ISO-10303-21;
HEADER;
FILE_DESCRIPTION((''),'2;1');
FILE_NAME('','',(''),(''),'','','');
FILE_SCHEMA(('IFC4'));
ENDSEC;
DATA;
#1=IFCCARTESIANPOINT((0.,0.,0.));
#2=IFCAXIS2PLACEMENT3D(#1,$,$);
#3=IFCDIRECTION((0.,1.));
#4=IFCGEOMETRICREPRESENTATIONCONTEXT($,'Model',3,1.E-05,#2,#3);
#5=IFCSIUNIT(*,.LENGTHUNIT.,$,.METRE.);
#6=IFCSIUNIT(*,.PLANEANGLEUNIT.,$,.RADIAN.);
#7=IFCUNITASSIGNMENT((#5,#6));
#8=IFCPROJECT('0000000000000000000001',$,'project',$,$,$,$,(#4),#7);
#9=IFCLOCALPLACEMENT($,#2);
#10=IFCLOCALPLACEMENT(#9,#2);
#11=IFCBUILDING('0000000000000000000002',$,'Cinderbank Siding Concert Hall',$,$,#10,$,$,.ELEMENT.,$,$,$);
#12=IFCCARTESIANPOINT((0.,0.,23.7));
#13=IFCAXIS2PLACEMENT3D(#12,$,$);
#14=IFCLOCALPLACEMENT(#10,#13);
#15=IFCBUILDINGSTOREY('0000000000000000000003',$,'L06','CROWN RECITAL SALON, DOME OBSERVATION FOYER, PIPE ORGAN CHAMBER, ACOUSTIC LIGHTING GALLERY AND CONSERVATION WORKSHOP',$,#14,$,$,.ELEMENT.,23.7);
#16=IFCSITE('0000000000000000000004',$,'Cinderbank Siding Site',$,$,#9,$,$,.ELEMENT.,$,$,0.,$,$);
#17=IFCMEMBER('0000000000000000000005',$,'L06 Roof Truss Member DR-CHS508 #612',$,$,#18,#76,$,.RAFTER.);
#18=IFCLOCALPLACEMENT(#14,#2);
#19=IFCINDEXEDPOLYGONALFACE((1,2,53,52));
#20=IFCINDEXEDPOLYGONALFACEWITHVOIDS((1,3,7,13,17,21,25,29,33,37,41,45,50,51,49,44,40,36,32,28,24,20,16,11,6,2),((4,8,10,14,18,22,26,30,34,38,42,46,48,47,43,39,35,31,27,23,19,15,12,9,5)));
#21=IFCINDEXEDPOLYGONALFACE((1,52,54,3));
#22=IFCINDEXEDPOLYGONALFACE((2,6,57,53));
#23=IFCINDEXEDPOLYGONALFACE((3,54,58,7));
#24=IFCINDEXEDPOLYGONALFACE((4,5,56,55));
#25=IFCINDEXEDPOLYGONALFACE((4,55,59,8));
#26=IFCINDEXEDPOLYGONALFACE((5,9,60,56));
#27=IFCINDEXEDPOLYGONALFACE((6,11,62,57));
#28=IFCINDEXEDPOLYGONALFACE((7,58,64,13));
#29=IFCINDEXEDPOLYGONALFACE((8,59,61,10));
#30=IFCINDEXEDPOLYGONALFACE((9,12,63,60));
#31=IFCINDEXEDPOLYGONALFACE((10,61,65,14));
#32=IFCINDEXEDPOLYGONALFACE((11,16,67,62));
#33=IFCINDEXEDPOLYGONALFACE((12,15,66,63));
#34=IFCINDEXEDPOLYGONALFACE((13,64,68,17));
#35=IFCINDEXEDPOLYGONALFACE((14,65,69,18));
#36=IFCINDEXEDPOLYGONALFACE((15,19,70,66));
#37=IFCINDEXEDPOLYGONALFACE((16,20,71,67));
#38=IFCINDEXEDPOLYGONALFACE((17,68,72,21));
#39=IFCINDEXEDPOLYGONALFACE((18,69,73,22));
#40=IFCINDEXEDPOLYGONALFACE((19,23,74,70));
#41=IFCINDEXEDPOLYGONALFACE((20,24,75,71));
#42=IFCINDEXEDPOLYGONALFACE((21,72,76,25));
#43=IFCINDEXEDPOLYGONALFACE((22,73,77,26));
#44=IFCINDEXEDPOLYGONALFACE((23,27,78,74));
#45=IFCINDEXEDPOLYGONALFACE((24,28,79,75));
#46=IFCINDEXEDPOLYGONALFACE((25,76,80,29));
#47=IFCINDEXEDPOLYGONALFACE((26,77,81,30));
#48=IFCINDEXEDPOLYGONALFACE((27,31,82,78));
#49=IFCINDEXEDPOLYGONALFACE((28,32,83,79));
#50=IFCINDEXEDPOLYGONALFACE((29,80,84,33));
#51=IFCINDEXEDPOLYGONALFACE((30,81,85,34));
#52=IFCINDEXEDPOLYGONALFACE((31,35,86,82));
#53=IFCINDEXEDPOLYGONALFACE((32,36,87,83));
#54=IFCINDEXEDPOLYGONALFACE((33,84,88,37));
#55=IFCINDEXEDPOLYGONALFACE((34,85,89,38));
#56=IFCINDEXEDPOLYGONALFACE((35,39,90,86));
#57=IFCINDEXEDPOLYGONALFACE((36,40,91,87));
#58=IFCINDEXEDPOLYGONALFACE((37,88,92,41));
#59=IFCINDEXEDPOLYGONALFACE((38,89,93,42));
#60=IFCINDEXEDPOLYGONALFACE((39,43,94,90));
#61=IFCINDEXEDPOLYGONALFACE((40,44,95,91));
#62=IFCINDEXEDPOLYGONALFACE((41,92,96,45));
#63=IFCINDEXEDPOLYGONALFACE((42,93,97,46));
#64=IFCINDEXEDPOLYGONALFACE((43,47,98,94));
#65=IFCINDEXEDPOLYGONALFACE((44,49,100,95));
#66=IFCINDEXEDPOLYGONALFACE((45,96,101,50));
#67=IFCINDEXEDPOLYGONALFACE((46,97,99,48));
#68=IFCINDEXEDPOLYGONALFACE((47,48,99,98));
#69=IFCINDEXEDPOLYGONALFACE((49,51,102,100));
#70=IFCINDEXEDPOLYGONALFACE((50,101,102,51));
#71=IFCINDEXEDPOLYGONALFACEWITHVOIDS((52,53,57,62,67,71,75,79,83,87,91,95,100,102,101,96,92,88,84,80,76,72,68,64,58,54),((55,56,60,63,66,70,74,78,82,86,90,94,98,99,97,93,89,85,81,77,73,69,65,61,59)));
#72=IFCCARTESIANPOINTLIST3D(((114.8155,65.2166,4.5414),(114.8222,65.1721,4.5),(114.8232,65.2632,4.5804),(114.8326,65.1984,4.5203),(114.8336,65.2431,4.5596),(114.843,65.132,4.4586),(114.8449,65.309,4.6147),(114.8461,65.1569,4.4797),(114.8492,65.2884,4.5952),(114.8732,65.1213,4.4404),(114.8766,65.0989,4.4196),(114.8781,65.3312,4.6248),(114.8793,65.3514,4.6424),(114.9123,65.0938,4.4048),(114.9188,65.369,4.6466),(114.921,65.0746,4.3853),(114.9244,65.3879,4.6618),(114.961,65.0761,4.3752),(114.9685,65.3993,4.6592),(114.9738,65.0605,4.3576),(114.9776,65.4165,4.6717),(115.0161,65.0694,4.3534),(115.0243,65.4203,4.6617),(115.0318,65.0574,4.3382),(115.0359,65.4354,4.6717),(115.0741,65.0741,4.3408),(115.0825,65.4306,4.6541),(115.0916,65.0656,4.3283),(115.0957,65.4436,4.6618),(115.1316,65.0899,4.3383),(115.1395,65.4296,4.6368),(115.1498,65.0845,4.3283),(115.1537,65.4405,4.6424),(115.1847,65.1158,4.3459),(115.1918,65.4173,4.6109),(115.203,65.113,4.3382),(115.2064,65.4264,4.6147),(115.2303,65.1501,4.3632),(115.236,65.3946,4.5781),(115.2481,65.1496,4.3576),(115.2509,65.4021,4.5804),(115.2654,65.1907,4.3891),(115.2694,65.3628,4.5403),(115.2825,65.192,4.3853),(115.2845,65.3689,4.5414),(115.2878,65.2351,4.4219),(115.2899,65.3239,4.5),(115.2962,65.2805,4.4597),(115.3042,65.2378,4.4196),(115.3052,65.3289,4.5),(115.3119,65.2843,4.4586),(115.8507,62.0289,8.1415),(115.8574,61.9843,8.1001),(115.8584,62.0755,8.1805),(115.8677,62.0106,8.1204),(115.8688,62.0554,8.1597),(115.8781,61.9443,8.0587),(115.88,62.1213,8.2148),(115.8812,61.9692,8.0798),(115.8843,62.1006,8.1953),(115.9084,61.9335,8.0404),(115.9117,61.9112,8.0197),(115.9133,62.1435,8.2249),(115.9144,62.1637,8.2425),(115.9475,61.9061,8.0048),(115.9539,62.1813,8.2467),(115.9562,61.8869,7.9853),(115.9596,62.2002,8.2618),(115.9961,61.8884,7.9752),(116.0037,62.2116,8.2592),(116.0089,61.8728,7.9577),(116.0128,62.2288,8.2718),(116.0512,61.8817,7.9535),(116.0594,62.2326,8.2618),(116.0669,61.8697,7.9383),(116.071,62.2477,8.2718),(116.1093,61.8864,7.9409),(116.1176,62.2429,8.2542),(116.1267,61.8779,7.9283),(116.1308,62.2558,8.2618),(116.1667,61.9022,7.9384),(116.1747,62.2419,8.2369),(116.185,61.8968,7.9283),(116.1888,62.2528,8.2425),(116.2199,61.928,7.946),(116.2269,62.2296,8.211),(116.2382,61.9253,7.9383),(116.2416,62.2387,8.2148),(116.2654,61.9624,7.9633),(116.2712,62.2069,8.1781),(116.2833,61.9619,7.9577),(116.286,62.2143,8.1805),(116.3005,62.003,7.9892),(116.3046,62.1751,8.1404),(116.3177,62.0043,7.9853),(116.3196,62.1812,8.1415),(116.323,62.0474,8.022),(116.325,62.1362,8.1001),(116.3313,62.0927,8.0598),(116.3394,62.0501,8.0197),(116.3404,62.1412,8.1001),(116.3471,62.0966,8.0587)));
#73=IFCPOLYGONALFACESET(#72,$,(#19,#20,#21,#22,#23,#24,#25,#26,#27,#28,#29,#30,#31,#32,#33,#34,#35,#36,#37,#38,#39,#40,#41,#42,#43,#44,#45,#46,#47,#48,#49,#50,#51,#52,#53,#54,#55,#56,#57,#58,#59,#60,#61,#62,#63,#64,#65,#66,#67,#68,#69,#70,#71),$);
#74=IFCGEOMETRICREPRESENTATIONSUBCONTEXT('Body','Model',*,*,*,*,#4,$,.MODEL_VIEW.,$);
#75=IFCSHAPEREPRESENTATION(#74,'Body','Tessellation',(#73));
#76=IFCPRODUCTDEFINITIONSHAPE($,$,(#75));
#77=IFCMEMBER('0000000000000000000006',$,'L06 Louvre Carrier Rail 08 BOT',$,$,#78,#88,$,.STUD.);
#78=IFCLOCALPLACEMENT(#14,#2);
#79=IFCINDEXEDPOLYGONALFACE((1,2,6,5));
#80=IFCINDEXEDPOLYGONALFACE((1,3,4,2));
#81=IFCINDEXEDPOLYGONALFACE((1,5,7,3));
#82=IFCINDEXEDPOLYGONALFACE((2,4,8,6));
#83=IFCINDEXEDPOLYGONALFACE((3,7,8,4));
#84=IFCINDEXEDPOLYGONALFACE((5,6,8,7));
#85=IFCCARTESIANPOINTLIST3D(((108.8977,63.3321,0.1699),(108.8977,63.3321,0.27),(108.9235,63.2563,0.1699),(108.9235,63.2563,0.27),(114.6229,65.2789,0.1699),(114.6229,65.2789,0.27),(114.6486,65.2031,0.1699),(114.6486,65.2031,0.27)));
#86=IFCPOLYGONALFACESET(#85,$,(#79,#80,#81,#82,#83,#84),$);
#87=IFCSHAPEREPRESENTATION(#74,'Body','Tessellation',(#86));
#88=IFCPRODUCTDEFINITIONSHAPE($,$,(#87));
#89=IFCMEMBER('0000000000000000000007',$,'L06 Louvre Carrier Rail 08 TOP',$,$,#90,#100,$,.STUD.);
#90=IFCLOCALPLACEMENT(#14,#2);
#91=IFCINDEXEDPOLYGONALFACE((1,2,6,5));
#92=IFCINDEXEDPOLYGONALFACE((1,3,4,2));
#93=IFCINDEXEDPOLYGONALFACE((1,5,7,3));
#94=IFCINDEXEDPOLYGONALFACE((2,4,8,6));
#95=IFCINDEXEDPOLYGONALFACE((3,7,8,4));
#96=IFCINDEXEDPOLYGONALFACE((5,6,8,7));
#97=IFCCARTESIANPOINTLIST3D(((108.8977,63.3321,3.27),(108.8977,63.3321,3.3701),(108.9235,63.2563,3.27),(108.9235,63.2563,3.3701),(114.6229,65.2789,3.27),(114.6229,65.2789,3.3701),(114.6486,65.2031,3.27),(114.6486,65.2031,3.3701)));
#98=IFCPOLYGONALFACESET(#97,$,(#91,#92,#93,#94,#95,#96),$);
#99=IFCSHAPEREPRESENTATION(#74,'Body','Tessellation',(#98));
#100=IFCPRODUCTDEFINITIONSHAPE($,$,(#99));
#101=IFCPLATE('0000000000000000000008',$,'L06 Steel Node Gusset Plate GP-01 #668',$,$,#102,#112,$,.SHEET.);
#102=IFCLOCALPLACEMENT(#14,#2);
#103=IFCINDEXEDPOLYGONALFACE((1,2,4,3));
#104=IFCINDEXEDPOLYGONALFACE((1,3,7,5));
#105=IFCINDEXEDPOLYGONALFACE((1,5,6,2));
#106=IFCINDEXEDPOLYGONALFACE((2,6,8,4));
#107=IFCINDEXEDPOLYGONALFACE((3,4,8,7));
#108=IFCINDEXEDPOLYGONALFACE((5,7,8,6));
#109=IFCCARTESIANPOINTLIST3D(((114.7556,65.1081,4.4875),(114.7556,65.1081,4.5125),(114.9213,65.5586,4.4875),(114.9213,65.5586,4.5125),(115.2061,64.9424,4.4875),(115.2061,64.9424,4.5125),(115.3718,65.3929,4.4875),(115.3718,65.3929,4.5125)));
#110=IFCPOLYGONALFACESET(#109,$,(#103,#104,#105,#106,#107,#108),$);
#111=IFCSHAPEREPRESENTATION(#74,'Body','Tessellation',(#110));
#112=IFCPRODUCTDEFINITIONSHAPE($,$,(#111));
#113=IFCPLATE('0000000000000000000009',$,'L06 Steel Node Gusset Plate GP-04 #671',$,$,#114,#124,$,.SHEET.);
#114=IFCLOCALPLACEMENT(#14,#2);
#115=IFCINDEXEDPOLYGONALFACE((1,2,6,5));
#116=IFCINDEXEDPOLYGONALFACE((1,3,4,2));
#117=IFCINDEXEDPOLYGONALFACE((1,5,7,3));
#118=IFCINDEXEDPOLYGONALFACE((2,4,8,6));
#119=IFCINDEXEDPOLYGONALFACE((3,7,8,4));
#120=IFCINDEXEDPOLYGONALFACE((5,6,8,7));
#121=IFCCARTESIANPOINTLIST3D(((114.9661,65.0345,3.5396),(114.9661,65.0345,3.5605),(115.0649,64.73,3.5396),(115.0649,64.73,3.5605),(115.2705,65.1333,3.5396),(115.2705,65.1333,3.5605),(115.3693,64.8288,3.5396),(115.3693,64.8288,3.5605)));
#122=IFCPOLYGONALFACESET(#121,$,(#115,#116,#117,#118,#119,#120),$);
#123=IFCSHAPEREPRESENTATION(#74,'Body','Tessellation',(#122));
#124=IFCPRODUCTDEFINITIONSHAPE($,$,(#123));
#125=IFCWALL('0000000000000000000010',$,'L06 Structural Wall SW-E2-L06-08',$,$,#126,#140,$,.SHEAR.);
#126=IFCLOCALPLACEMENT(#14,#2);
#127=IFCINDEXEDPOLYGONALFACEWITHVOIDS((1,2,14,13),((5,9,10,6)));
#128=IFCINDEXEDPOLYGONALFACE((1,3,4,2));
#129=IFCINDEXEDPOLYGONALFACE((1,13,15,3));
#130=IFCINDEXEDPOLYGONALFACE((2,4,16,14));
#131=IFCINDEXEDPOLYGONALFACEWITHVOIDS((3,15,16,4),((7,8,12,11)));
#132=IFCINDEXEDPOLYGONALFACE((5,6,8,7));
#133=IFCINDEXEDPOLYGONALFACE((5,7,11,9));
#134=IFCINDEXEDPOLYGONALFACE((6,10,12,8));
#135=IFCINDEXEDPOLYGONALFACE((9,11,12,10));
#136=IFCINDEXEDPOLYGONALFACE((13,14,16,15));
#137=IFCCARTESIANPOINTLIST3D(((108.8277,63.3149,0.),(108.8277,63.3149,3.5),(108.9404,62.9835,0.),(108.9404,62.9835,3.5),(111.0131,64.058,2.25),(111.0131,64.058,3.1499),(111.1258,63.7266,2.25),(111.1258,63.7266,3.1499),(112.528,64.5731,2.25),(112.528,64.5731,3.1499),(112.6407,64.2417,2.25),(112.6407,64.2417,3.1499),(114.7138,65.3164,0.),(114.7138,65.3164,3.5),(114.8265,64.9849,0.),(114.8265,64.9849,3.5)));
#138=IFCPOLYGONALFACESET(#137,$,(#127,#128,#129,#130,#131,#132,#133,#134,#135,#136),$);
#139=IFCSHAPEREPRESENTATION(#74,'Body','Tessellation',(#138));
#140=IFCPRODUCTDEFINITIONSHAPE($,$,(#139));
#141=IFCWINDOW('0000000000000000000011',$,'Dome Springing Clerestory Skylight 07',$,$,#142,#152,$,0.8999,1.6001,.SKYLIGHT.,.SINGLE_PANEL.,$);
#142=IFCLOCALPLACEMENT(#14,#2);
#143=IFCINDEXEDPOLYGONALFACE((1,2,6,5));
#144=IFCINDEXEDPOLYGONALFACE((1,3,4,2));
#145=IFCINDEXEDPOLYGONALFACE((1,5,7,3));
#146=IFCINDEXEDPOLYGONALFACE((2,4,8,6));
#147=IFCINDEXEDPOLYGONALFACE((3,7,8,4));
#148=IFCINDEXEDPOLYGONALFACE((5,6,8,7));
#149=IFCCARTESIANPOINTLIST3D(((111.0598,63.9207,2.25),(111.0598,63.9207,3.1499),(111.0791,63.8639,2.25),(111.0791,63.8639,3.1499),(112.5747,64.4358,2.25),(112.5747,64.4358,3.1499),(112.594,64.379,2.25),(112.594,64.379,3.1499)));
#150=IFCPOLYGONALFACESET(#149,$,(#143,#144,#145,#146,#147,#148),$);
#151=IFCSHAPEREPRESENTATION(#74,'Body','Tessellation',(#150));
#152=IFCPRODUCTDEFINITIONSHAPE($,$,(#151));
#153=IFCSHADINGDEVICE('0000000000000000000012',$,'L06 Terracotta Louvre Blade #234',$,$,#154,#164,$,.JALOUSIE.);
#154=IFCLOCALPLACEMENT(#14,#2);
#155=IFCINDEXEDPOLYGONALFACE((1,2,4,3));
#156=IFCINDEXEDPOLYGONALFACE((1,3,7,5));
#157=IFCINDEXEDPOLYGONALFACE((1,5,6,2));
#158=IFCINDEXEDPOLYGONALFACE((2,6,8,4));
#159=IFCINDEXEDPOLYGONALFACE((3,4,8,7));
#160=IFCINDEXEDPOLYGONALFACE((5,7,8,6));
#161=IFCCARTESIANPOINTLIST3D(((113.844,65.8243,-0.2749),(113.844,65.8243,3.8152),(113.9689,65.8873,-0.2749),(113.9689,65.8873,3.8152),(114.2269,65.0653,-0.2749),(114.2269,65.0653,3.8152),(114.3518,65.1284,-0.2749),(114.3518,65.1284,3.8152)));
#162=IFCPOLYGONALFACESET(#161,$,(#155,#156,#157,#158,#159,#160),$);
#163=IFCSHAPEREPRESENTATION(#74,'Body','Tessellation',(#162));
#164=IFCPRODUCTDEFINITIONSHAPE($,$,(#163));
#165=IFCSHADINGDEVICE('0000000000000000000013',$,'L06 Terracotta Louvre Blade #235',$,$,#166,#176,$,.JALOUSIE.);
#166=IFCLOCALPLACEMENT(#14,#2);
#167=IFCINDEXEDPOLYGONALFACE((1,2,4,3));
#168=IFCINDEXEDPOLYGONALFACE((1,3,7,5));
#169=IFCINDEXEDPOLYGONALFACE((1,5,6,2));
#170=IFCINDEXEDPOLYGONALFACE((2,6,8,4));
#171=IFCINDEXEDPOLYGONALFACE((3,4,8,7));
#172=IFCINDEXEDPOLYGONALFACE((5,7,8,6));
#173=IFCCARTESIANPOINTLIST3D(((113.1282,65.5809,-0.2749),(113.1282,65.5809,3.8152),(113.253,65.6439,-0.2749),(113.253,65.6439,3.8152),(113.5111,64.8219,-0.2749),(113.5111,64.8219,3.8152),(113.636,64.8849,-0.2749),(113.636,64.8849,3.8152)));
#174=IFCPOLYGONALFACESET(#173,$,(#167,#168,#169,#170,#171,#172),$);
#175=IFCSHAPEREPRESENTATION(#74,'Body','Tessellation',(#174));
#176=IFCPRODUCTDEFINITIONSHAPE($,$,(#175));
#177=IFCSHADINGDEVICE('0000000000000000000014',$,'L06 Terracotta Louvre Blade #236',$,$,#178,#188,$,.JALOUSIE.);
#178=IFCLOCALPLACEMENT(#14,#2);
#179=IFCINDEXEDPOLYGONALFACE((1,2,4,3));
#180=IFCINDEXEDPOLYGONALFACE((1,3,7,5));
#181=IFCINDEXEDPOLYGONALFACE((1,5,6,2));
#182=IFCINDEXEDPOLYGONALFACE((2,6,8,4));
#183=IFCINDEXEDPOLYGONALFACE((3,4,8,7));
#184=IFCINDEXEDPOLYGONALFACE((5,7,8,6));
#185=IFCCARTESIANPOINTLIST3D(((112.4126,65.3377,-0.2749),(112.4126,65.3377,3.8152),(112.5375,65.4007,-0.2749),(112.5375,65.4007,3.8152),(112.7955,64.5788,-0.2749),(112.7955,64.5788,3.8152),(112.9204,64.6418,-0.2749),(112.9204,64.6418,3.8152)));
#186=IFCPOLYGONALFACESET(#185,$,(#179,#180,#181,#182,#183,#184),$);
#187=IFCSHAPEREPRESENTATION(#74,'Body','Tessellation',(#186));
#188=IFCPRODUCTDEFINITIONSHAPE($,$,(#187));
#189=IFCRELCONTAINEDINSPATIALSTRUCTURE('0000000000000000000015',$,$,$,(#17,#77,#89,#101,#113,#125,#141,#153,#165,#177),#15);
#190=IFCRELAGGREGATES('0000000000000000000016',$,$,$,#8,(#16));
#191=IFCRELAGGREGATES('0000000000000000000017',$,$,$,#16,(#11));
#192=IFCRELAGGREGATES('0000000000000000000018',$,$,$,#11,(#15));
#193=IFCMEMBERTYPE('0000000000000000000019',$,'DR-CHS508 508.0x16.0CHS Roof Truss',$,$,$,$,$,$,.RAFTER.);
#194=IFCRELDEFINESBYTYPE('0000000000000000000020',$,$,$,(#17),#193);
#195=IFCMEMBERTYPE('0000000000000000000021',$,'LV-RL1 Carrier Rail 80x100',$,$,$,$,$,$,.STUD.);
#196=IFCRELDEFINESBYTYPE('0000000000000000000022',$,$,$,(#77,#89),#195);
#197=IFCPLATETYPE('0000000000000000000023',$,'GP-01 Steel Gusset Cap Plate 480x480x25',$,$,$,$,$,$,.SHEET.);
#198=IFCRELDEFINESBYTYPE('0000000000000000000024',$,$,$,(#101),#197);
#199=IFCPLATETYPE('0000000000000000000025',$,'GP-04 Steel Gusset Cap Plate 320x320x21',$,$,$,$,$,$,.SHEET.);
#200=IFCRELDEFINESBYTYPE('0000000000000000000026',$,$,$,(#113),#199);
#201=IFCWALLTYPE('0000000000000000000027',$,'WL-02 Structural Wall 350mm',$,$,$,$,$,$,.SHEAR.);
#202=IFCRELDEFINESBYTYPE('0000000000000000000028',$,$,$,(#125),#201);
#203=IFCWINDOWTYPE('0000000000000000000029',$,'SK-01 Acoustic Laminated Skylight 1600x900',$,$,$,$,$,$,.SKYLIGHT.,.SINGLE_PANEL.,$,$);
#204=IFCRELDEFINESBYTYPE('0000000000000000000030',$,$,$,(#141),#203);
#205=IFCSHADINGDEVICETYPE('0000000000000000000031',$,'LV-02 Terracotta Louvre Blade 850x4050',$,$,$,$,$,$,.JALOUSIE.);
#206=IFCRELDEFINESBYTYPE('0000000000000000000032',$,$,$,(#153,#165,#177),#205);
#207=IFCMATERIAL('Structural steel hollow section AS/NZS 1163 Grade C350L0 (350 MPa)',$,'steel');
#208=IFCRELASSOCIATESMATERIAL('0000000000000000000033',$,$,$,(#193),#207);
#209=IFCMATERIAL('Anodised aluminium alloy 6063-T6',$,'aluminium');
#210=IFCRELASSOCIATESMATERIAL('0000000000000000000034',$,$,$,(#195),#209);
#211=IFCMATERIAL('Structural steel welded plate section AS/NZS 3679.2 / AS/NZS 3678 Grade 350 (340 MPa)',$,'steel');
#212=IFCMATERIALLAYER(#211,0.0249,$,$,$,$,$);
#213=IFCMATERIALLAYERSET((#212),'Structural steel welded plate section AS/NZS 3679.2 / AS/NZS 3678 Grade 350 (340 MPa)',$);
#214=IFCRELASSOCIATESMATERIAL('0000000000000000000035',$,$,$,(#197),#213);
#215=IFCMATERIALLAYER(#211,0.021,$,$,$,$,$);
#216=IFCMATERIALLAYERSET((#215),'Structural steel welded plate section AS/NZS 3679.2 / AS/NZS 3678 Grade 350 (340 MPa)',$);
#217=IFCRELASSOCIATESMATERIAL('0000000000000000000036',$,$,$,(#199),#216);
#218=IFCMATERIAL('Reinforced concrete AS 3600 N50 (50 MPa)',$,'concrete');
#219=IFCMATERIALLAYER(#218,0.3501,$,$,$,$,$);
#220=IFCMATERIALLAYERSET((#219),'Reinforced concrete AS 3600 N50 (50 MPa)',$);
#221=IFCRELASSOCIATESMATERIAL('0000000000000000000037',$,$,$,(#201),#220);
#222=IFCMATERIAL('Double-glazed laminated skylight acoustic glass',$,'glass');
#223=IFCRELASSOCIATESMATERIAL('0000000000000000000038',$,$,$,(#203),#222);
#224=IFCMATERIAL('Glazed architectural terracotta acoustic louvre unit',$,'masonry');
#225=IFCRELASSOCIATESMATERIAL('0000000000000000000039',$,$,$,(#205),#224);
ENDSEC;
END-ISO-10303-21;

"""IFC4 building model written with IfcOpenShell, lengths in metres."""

from ifc_helpers import new_model, si_unit, direction, frame, frame_2d, origin, origin_2d, place, context, subcontext, project, spatial, rectangle, hollow_circle, extrude, material, layer, layer_set, material_profile, profile_set, type_object, element, fill, save


model = new_model("IFC4")

# Units and contexts
model_context = context("Model", 3, precision=1e-05, world=origin(), true_north=direction((0.0, 1.0)))
body_context = subcontext(model_context, "Body", "Model", "MODEL_VIEW")
ifc_project = project(units=[si_unit("LENGTHUNIT", "METRE"), si_unit("PLANEANGLEUNIT", "RADIAN")], contexts=[model_context])

# Site, building, storey
site_placement = place(None, origin())
site = spatial("IfcSite", under=ifc_project, at=site_placement, Name="Cinderbank Siding Site", CompositionType="ELEMENT", RefElevation=0.0)
building_placement = place(site_placement, origin())
building = spatial("IfcBuilding", under=site, at=building_placement, Name="Cinderbank Siding Concert Hall", CompositionType="ELEMENT")
storey_placement = place(building_placement, frame((0.0, 0.0, 23.7)))
storey = spatial("IfcBuildingStorey", under=building, at=storey_placement, Name="L06", Description="CROWN RECITAL SALON, DOME OBSERVATION FOYER, PIPE ORGAN CHAMBER, ACOUSTIC LIGHTING GALLERY AND CONSERVATION WORKSHOP", CompositionType="ELEMENT", Elevation=23.7)

# Shared definitions
ifc_material_1 = material(Name="Reinforced concrete AS 3600 N50 (50 MPa)", Category="concrete")

# Members
ifc_material_2 = material(Name="Structural steel hollow section AS/NZS 1163 Grade C350L0 (350 MPa)", Category="steel")
ifc_material_profile_1 = material_profile(ifc_material_2, hollow_circle(Radius=0.2539, WallThickness=0.0161, at=origin_2d()), Name="508.0x16.0CHS", Category="LoadBearing")
ifc_profile_set_1 = profile_set([ifc_material_profile_1], Name="Structural steel hollow section AS/NZS 1163 Grade C350L0 (350 MPa)")
member_type_1 = type_object("IfcMemberType", Name="DR-CHS508 508.0x16.0CHS Roof Truss", PredefinedType="RAFTER", material=ifc_profile_set_1)
member_1_placement = place(storey_placement, frame((115.0637, 65.2505, 4.5), z_axis=(0.210452, -0.648082, 0.731915), x_axis=(0.95111, 0.308854, 0.0)))
element("IfcMember", 1, at=member_1_placement, inside=storey, type_object=member_type_1, Name="L06 Roof Truss Member DR-CHS508 #612", PredefinedType="RAFTER", context=body_context, shape_type="SweptSolid", body=[
    extrude(hollow_circle(Radius=0.2539, WallThickness=0.0161, at=origin_2d()), origin(), (0.0, 0.0, 1.0), 4.9187),
])
ifc_material_3 = material(Name="Anodised aluminium alloy 6063-T6", Category="aluminium")
ifc_material_profile_2 = material_profile(ifc_material_3, rectangle(XDim=0.0801, YDim=0.1001, at=origin_2d()), Name="ALU-RAIL-80x100", Category="LoadBearing")
ifc_profile_set_2 = profile_set([ifc_material_profile_2], Name="Anodised aluminium alloy 6063-T6")
member_type_2 = type_object("IfcMemberType", Name="LV-RL1 Carrier Rail 80x100", PredefinedType="STUD", material=ifc_profile_set_2)
for number, where, z_axis, x_axis, name in (
    (2, (114.6357, 65.241, 0.22), (-0.94676, -0.321939, 0.0), (0.321939, -0.94676, 0.0), "L06 Louvre Carrier Rail 08 BOT"),
    (3, (114.6357, 65.241, 3.3201), (-0.94676, -0.321939, 0.0), (0.321939, -0.94676, 0.0), "L06 Louvre Carrier Rail 08 TOP"),
):
    element("IfcMember", number, at=place(storey_placement, frame(where, z_axis=z_axis, x_axis=x_axis)), inside=storey, type_object=member_type_2, Name=name, PredefinedType="STUD", context=body_context, shape_type="SweptSolid", body=[
        extrude(rectangle(XDim=0.0801, YDim=0.1001, at=origin_2d()), origin(), (0.0, 0.0, 1.0), 6.0471),
    ])

# Plates
ifc_material_4 = material(Name="Structural steel welded plate section AS/NZS 3679.2 / AS/NZS 3678 Grade 350 (340 MPa)", Category="steel")
ifc_layer_1 = layer(ifc_material_4, 0.0249)
ifc_layer_set_1 = layer_set([ifc_layer_1], Name="Structural steel welded plate section AS/NZS 3679.2 / AS/NZS 3678 Grade 350 (340 MPa)")
plate_type_1 = type_object("IfcPlateType", Name="GP-01 Steel Gusset Cap Plate 480x480x25", PredefinedType="SHEET", material=ifc_layer_set_1)
plate_1_placement = place(storey_placement, frame((115.0637, 65.2505, 4.4875), z_axis=(0.0, 0.0, 1.0), x_axis=(0.938553, -0.345134, 0.0)))
element("IfcPlate", 4, at=plate_1_placement, inside=storey, type_object=plate_type_1, Name="L06 Steel Node Gusset Plate GP-01 #668", PredefinedType="SHEET", context=body_context, shape_type="SweptSolid", body=[
    extrude(rectangle(XDim=0.48, YDim=0.48, at=origin_2d()), origin(), (0.0, 0.0, 1.0), 0.0249),
])
ifc_layer_2 = layer(ifc_material_4, 0.021)
ifc_layer_set_2 = layer_set([ifc_layer_2], Name="Structural steel welded plate section AS/NZS 3679.2 / AS/NZS 3678 Grade 350 (340 MPa)")
plate_type_2 = type_object("IfcPlateType", Name="GP-04 Steel Gusset Cap Plate 320x320x21", PredefinedType="SHEET", material=ifc_layer_set_2)
plate_2_placement = place(storey_placement, frame((115.1677, 64.9316, 3.5396), z_axis=(0.0, 0.0, 1.0), x_axis=(0.308685, -0.951164, 0.0)))
element("IfcPlate", 5, at=plate_2_placement, inside=storey, type_object=plate_type_2, Name="L06 Steel Node Gusset Plate GP-04 #671", PredefinedType="SHEET", context=body_context, shape_type="SweptSolid", body=[
    extrude(rectangle(XDim=0.3201, YDim=0.3201, at=origin_2d()), origin(), (0.0, 0.0, 1.0), 0.021),
])

# Wall, opening, window
ifc_layer_3 = layer(ifc_material_1, 0.3501)
ifc_layer_set_3 = layer_set([ifc_layer_3], Name="Reinforced concrete AS 3600 N50 (50 MPa)")
wall_type = type_object("IfcWallType", Name="WL-02 Structural Wall 350mm", PredefinedType="SHEAR", material=ifc_layer_set_3)
wall_placement = place(storey_placement, frame((114.77, 65.1506, 0.0), z_axis=(0.0, 0.0, 1.0), x_axis=(-0.946761, -0.321936, 0.0)))
wall = element("IfcWall", 6, at=wall_placement, inside=storey, type_object=wall_type, Name="L06 Structural Wall SW-E2-L06-08", PredefinedType="SHEAR", context=body_context, shape_type="SweptSolid", body=[
    extrude(rectangle(XDim=6.217, YDim=0.3501, at=frame_2d((3.1084, 0.0))), origin(), (0.0, 0.0, 1.0), 3.5),
])
opening_placement = place(wall_placement, frame((2.3086, 0.0, 2.25)))
opening = element("IfcOpeningElement", 7, at=opening_placement, cuts=wall, PredefinedType="OPENING", context=body_context, shape_type="SweptSolid", body=[
    extrude(rectangle(XDim=1.6001, YDim=0.8999, at=frame_2d((0.8, 0.45))), frame((0.0, 0.187, 0.0), z_axis=(0.0, -1.0, 0.0), x_axis=(1.0, 0.0, 0.0)), (0.0, 0.0, 1.0), 0.374),
])
ifc_material_5 = material(Name="Double-glazed laminated skylight acoustic glass", Category="glass")
window_type = type_object("IfcWindowType", Name="SK-01 Acoustic Laminated Skylight 1600x900", PartitioningType="SINGLE_PANEL", PredefinedType="SKYLIGHT", material=ifc_material_5)
window_placement = place(opening_placement, origin())
window = element("IfcWindow", 8, at=window_placement, inside=storey, type_object=window_type, Name="Dome Springing Clerestory Skylight 07", OverallHeight=0.8999, OverallWidth=1.6001, PartitioningType="SINGLE_PANEL", PredefinedType="SKYLIGHT", context=body_context, shape_type="SweptSolid", body=[
    extrude(rectangle(XDim=1.6001, YDim=0.8999, at=frame_2d((0.8, 0.45))), frame((0.0, 0.03, 0.0), z_axis=(0.0, -1.0, 0.0), x_axis=(1.0, 0.0, 0.0)), (0.0, 0.0, 1.0), 0.0601),
])
fill(opening, window)

# Shading devices
ifc_material_6 = material(Name="Glazed architectural terracotta acoustic louvre unit", Category="masonry")
shading_device_type = type_object("IfcShadingDeviceType", Name="LV-02 Terracotta Louvre Blade 850x4050", PredefinedType="JALOUSIE", material=ifc_material_6)
for number, where, z_axis, x_axis, name in (
    (9, (114.0979, 65.4763, -0.2749), (0.0, 0.0, 1.0), (-0.450487, 0.892783, 0.0), "L06 Terracotta Louvre Blade #234"),
    (10, (113.3821, 65.2329, -0.2749), (0.0, 0.0, 1.0), (-0.450487, 0.892783, 0.0), "L06 Terracotta Louvre Blade #235"),
    (11, (112.6665, 64.9897, -0.2749), (0.0, 0.0, 1.0), (-0.450487, 0.892783, 0.0), "L06 Terracotta Louvre Blade #236"),
):
    element("IfcShadingDevice", number, at=place(storey_placement, frame(where, z_axis=z_axis, x_axis=x_axis)), inside=storey, type_object=shading_device_type, Name=name, PredefinedType="JALOUSIE", context=body_context, shape_type="SweptSolid", body=[
        extrude(rectangle(XDim=0.8501, YDim=0.1399, at=origin_2d()), origin(), (0.0, 0.0, 1.0), 4.0901),
    ])

save(model, "model.ifc")
